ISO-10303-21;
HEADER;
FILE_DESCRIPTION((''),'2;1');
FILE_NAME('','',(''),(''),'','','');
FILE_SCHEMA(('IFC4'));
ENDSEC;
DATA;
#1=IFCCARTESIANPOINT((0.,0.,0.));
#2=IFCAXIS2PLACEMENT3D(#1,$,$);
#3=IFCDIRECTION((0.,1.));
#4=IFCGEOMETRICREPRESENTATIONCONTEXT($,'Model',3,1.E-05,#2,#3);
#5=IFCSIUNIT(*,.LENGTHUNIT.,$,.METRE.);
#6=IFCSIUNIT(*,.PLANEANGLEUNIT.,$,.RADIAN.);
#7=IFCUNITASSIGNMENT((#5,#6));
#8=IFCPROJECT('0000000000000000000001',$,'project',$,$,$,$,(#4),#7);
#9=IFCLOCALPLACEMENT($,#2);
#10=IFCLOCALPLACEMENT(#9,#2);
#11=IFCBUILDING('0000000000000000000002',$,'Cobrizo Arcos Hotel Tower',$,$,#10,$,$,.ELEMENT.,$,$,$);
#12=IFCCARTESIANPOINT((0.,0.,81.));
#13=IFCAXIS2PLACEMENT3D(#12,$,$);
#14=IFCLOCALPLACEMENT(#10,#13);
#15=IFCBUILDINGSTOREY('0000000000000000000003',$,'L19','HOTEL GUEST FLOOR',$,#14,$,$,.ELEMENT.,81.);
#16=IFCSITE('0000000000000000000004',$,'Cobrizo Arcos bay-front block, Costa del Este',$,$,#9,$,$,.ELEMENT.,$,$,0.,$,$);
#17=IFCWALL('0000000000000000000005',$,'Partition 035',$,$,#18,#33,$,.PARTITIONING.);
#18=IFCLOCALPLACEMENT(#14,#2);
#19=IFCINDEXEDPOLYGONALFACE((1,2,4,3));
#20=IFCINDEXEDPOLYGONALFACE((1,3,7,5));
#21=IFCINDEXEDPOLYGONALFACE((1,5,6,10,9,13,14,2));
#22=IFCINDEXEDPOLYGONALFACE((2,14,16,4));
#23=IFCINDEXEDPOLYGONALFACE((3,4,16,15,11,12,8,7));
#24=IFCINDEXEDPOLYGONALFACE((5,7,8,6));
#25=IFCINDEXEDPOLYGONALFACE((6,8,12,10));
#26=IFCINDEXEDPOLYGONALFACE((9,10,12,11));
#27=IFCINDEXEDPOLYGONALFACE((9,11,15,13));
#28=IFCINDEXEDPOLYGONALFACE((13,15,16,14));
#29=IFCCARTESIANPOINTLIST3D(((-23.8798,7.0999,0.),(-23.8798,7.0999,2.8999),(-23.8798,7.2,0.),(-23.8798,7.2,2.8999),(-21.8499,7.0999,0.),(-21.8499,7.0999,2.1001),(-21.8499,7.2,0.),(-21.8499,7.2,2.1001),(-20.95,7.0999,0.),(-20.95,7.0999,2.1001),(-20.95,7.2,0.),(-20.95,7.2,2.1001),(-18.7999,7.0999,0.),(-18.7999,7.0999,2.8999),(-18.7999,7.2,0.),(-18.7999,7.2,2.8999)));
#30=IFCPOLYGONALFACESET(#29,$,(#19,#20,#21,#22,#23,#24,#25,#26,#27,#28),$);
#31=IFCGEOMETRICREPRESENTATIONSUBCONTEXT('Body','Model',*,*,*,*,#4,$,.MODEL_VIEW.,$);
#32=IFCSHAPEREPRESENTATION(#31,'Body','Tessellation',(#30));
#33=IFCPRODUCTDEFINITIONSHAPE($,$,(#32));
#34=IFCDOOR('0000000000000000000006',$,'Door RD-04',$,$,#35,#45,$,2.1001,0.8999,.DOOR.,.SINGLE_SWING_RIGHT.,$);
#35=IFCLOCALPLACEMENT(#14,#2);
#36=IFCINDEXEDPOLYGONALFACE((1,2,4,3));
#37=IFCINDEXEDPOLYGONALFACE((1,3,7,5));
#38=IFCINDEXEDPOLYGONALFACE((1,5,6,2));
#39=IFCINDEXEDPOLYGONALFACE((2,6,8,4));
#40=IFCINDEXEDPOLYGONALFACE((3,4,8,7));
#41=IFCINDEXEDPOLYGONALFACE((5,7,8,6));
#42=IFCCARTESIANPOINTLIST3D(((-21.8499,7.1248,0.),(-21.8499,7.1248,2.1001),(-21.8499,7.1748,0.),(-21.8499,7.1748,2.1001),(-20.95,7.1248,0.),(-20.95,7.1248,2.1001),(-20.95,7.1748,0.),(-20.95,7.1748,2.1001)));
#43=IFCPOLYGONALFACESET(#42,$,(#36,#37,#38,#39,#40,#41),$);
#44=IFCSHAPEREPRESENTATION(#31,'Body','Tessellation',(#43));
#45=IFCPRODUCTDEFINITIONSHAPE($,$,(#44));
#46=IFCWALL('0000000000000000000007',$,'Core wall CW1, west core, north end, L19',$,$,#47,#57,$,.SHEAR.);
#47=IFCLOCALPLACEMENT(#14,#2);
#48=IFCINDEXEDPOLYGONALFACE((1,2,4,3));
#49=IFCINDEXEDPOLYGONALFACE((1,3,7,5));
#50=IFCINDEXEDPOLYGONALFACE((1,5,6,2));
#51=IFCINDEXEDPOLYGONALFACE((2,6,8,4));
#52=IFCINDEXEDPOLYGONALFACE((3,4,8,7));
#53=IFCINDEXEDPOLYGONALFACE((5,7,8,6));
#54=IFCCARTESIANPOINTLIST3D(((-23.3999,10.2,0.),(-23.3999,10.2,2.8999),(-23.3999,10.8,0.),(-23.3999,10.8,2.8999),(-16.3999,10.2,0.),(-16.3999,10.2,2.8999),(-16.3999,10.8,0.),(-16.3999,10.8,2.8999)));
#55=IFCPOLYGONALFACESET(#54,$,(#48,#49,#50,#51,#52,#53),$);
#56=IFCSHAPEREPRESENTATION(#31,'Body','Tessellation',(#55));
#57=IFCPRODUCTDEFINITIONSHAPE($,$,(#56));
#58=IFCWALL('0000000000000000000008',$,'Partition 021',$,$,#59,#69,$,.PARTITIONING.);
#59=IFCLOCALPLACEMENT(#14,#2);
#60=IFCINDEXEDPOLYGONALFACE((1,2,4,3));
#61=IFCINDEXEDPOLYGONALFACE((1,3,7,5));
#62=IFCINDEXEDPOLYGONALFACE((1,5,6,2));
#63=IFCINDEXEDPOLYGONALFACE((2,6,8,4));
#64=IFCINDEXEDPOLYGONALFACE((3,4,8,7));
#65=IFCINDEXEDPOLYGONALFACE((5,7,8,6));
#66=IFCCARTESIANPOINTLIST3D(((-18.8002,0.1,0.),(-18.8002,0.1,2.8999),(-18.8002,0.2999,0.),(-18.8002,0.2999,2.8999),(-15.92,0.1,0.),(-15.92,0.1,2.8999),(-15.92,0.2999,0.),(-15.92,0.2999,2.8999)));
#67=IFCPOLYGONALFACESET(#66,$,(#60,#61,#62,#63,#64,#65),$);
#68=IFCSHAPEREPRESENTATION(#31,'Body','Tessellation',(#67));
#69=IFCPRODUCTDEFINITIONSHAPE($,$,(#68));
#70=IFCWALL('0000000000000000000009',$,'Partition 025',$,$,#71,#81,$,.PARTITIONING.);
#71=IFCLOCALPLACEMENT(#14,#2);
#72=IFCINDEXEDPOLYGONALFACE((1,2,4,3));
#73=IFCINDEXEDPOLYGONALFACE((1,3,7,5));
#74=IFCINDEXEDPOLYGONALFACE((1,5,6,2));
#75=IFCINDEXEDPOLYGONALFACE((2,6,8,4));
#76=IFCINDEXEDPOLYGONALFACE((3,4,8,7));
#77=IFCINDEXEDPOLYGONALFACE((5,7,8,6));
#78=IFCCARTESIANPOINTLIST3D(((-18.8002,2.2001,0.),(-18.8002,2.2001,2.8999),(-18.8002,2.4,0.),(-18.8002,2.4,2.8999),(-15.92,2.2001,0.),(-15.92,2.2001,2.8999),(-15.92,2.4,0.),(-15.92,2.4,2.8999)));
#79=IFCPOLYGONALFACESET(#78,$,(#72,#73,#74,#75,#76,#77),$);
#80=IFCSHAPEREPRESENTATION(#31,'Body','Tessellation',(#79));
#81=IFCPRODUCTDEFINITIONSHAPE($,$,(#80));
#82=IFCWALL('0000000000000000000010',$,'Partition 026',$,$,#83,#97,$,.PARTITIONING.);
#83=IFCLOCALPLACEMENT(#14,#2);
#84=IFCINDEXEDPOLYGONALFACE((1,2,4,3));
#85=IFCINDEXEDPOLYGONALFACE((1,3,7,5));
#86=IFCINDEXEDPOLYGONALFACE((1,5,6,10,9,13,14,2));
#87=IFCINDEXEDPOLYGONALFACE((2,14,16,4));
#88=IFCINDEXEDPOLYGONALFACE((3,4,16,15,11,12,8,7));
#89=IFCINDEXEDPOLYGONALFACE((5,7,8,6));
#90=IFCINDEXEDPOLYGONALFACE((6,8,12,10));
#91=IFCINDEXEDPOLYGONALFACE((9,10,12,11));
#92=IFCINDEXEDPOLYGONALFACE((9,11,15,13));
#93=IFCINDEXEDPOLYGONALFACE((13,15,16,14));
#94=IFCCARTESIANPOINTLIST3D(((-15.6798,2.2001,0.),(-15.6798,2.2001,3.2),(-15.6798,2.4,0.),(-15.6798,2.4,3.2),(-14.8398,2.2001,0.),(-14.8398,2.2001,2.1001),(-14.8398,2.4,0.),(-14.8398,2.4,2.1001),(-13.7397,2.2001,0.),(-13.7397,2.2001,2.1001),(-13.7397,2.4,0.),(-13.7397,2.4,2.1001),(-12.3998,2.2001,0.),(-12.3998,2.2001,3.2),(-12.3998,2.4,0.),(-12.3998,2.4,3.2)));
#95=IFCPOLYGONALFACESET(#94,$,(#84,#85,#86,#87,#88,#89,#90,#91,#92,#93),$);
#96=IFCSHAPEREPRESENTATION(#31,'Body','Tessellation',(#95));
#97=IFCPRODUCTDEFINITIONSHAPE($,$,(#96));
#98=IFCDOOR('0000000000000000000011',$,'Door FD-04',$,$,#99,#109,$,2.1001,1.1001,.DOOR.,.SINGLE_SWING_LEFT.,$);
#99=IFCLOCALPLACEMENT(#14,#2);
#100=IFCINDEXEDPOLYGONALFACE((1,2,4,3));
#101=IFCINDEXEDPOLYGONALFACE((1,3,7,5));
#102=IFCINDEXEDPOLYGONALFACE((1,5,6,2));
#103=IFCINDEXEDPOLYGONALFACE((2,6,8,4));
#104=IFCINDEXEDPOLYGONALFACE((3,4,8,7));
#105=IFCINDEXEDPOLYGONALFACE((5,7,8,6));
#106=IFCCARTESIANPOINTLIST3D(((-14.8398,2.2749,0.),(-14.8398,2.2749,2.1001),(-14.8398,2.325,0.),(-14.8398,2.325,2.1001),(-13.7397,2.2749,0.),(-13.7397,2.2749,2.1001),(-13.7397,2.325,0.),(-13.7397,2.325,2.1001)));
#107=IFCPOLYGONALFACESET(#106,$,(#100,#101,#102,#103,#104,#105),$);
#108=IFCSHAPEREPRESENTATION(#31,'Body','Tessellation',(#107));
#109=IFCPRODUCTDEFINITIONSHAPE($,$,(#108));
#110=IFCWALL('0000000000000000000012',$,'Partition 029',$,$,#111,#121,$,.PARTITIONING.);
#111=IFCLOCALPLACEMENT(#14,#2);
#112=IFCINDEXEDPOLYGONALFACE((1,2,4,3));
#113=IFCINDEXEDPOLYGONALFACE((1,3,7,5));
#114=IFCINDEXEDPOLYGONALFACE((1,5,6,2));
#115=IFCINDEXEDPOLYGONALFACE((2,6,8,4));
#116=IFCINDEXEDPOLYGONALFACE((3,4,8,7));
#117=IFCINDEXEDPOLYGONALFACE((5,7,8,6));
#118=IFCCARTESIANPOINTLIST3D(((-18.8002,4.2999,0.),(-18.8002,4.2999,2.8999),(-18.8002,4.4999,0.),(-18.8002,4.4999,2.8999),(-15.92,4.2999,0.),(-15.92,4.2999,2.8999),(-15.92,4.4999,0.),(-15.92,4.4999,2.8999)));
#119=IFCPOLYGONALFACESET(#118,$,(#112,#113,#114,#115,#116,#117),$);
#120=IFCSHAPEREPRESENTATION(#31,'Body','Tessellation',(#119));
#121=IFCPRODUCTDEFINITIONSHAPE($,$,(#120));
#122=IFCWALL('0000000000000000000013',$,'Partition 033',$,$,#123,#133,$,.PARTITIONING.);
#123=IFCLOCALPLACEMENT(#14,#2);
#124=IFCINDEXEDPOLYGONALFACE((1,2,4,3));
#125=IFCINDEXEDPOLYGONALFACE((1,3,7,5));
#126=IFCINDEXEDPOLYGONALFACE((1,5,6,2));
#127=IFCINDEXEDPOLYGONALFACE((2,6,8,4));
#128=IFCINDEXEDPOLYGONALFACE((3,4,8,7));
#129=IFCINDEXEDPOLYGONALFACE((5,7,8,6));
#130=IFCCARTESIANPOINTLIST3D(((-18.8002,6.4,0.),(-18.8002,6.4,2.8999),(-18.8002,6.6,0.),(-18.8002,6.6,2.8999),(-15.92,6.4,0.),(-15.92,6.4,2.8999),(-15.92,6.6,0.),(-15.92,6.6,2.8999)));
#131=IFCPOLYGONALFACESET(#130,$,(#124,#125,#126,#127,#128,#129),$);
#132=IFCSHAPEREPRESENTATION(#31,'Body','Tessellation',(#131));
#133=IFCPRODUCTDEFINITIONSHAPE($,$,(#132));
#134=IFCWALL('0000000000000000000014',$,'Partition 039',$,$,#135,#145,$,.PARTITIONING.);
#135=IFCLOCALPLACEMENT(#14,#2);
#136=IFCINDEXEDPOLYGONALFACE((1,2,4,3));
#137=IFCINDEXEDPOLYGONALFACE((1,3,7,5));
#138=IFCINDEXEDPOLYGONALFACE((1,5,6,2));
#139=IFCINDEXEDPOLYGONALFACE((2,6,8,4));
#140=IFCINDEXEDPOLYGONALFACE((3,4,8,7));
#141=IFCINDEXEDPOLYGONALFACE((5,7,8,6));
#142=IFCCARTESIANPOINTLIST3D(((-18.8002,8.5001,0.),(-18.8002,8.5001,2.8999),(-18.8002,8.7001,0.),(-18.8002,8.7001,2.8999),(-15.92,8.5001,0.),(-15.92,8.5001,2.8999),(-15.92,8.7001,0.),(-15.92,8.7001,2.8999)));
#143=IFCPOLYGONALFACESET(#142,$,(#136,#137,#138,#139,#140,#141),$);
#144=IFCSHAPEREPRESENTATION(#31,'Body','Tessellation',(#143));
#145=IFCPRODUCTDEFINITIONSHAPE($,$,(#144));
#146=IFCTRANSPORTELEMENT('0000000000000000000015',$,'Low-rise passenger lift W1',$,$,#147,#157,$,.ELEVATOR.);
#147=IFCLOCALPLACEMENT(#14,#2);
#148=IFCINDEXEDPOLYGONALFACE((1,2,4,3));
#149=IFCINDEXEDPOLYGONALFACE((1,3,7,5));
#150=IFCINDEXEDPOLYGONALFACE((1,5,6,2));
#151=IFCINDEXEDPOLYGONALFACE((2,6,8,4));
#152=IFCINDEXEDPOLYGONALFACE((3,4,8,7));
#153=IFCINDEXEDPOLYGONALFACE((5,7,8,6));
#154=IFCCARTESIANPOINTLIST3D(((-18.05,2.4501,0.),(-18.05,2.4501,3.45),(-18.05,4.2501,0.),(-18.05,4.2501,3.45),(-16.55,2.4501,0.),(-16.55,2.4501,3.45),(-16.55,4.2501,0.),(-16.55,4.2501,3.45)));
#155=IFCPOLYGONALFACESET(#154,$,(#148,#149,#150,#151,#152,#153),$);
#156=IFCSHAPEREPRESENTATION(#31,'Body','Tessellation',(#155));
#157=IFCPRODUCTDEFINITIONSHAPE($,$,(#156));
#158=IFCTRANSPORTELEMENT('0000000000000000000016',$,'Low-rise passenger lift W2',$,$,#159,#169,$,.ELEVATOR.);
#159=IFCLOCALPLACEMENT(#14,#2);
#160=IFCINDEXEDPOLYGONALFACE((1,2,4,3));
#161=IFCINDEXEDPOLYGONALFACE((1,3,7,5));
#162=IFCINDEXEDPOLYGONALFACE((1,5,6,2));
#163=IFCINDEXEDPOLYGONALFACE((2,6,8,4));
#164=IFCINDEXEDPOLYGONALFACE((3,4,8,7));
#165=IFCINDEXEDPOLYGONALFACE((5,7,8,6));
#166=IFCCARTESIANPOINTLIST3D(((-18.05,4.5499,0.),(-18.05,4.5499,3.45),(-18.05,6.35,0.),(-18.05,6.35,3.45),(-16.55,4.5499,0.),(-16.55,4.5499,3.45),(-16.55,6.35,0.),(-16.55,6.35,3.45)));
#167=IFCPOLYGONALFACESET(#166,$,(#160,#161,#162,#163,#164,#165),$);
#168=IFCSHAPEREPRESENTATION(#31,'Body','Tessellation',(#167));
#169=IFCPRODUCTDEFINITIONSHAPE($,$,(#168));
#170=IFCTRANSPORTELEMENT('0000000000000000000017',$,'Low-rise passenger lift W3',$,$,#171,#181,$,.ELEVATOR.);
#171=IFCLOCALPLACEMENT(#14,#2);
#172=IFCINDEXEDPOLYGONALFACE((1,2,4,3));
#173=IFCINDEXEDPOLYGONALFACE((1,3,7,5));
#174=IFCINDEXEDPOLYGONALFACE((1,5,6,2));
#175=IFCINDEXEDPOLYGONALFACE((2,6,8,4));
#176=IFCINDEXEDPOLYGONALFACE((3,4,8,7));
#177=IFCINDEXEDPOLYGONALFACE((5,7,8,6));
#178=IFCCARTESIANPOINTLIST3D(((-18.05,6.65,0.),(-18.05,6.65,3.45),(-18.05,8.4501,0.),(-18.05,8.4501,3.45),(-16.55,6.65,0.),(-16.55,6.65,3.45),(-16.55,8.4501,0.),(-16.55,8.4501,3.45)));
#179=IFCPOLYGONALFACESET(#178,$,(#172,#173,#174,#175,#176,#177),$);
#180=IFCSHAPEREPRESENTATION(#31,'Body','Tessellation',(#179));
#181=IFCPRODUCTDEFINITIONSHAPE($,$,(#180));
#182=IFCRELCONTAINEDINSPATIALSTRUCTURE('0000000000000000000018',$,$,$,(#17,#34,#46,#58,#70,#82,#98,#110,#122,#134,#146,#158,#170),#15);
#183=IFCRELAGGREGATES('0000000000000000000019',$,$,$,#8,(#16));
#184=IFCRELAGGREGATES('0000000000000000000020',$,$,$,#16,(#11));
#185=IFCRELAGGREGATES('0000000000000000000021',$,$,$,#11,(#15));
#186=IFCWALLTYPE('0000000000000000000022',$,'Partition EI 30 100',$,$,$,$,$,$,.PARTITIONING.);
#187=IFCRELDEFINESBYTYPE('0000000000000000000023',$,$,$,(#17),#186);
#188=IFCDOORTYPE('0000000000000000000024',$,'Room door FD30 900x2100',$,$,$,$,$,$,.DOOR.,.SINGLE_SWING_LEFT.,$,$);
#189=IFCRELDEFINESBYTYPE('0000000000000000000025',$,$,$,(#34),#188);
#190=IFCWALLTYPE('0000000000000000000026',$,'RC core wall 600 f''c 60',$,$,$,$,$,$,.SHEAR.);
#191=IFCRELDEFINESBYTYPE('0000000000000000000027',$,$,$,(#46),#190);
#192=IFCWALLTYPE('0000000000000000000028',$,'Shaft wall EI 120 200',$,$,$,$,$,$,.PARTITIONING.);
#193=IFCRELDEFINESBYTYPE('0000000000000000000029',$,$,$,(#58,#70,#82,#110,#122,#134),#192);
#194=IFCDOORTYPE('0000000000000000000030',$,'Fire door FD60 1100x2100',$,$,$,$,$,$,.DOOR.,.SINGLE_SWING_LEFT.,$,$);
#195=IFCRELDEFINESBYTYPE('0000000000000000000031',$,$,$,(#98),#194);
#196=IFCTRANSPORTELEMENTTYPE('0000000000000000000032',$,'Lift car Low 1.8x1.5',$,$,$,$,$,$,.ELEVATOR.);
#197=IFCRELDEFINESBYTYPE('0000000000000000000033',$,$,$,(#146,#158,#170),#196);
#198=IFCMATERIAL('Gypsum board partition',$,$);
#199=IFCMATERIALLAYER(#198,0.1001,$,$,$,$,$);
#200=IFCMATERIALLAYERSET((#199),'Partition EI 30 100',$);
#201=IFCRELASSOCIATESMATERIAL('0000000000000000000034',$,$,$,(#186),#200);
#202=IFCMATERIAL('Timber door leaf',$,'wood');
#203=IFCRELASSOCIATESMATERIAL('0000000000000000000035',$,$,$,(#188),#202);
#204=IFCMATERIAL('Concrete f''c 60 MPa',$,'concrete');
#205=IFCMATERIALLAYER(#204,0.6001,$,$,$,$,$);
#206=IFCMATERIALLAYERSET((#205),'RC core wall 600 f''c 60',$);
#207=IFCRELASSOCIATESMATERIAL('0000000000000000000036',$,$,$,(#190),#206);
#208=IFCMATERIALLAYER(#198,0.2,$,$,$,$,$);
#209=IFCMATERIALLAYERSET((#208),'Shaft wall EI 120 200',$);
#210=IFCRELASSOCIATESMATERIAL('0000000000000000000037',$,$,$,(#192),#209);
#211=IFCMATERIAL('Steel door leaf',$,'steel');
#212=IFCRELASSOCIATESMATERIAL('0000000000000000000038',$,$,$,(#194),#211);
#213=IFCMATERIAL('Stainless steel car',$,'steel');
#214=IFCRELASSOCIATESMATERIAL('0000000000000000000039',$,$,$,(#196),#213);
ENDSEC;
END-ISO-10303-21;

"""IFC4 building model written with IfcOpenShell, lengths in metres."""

from ifc_helpers import new_model, si_unit, direction, frame, frame_2d, origin, origin_2d, place, context, subcontext, project, spatial, rectangle, extrude, material, layer, layer_set, type_object, element, fill, save


model = new_model("IFC4")

# Units and contexts
model_context = context("Model", 3, precision=1e-05, world=origin(), true_north=direction((0.0, 1.0)))
body_context = subcontext(model_context, "Body", "Model", "MODEL_VIEW")
ifc_project = project(units=[si_unit("LENGTHUNIT", "METRE"), si_unit("PLANEANGLEUNIT", "RADIAN")], contexts=[model_context])

# Site, building, storey
site_placement = place(None, origin())
site = spatial("IfcSite", under=ifc_project, at=site_placement, Name="Cobrizo Arcos bay-front block, Costa del Este", CompositionType="ELEMENT", RefElevation=0.0)
building_placement = place(site_placement, origin())
building = spatial("IfcBuilding", under=site, at=building_placement, Name="Cobrizo Arcos Hotel Tower", CompositionType="ELEMENT")
storey_placement = place(building_placement, frame((0.0, 0.0, 81.0)))
storey = spatial("IfcBuildingStorey", under=building, at=storey_placement, Name="L19", Description="HOTEL GUEST FLOOR", CompositionType="ELEMENT", Elevation=81.0)

# Shared definitions
ifc_material_1 = material(Name="Gypsum board partition")
ifc_material_2 = material(Name="Timber door leaf", Category="wood")

# Wall, opening, door
ifc_layer_1 = layer(ifc_material_1, 0.1001)
ifc_layer_set_1 = layer_set([ifc_layer_1], Name="Partition EI 30 100")
wall_type_1 = type_object("IfcWallType", Name="Partition EI 30 100", PredefinedType="PARTITIONING", material=ifc_layer_set_1)
wall_1_placement = place(storey_placement, frame((-23.8799, 7.1499, 0.0), z_axis=(0.0, 0.0, 1.0), x_axis=(1.0, 0.0, 0.0)))
wall_1 = element("IfcWall", 1, at=wall_1_placement, inside=storey, type_object=wall_type_1, Name="Partition 035", PredefinedType="PARTITIONING", context=body_context, shape_type="SweptSolid", body=[
    extrude(rectangle(XDim=5.0798, YDim=0.1001, at=frame_2d((2.54, 0.0))), origin(), (0.0, 0.0, 1.0), 2.8999),
])
opening_1_placement = place(wall_1_placement, frame((2.03, 0.0, 0.0)))
opening_1 = element("IfcOpeningElement", 2, at=opening_1_placement, cuts=wall_1, PredefinedType="OPENING", context=body_context, shape_type="SweptSolid", body=[
    extrude(rectangle(XDim=0.8999, YDim=2.1001, at=frame_2d((0.45, 1.05))), frame((0.0, 0.062, 0.0), z_axis=(0.0, -1.0, 0.0), x_axis=(1.0, 0.0, 0.0)), (0.0, 0.0, 1.0), 0.124),
])
door_type_1 = type_object("IfcDoorType", Name="Room door FD30 900x2100", OperationType="SINGLE_SWING_LEFT", PredefinedType="DOOR", material=ifc_material_2)
door_1_placement = place(opening_1_placement, origin())
door_1 = element("IfcDoor", 3, at=door_1_placement, inside=storey, type_object=door_type_1, Name="Door RD-04", OperationType="SINGLE_SWING_RIGHT", OverallHeight=2.1001, OverallWidth=0.8999, PredefinedType="DOOR", context=body_context, shape_type="SweptSolid", body=[
    extrude(rectangle(XDim=0.8999, YDim=2.1001, at=frame_2d((0.45, 1.05))), frame((0.0, 0.0249, 0.0), z_axis=(0.0, -1.0, 0.0), x_axis=(1.0, 0.0, 0.0)), (0.0, 0.0, 1.0), 0.05),
])
fill(opening_1, door_1)

# Walls
ifc_material_3 = material(Name="Concrete f'c 60 MPa", Category="concrete")
ifc_layer_2 = layer(ifc_material_3, 0.6001)
ifc_layer_set_2 = layer_set([ifc_layer_2], Name="RC core wall 600 f'c 60")
wall_type_2 = type_object("IfcWallType", Name="RC core wall 600 f'c 60", PredefinedType="SHEAR", material=ifc_layer_set_2)
wall_2_placement = place(storey_placement, frame((-23.3999, 10.5, 0.0), z_axis=(0.0, 0.0, 1.0), x_axis=(1.0, 0.0, 0.0)))
element("IfcWall", 4, at=wall_2_placement, inside=storey, type_object=wall_type_2, Name="Core wall CW1, west core, north end, L19", PredefinedType="SHEAR", context=body_context, shape_type="SweptSolid", body=[
    extrude(rectangle(XDim=7.0, YDim=0.6001, at=frame_2d((3.5, 0.0))), origin(), (0.0, 0.0, 1.0), 2.8999),
])
ifc_layer_3 = layer(ifc_material_1, 0.2)
ifc_layer_set_3 = layer_set([ifc_layer_3], Name="Shaft wall EI 120 200")
wall_type_3 = type_object("IfcWallType", Name="Shaft wall EI 120 200", PredefinedType="PARTITIONING", material=ifc_layer_set_3)
for number, where, z_axis, x_axis, name in (
    (5, (-18.8, 0.2, 0.0), (0.0, 0.0, 1.0), (1.0, 0.0, 0.0), "Partition 021"),
    (6, (-18.8, 2.3, 0.0), (0.0, 0.0, 1.0), (1.0, 0.0, 0.0), "Partition 025"),
):
    element("IfcWall", number, at=place(storey_placement, frame(where, z_axis=z_axis, x_axis=x_axis)), inside=storey, type_object=wall_type_3, Name=name, PredefinedType="PARTITIONING", context=body_context, shape_type="SweptSolid", body=[
        extrude(rectangle(XDim=2.8801, YDim=0.2, at=frame_2d((1.4399, 0.0))), origin(), (0.0, 0.0, 1.0), 2.8999),
    ])

# Wall, opening, door
wall_3_placement = place(storey_placement, frame((-15.6799, 2.3, 0.0), z_axis=(0.0, 0.0, 1.0), x_axis=(1.0, 0.0, 0.0)))
wall_3 = element("IfcWall", 7, at=wall_3_placement, inside=storey, type_object=wall_type_3, Name="Partition 026", PredefinedType="PARTITIONING", context=body_context, shape_type="SweptSolid", body=[
    extrude(rectangle(XDim=3.28, YDim=0.2, at=frame_2d((1.6401, 0.0))), origin(), (0.0, 0.0, 1.0), 3.2),
])
opening_2_placement = place(wall_3_placement, frame((0.8401, 0.0, 0.0)))
opening_2 = element("IfcOpeningElement", 8, at=opening_2_placement, cuts=wall_3, PredefinedType="OPENING", context=body_context, shape_type="SweptSolid", body=[
    extrude(rectangle(XDim=1.1001, YDim=2.1001, at=frame_2d((0.55, 1.05))), frame((0.0, 0.1121, 0.0), z_axis=(0.0, -1.0, 0.0), x_axis=(1.0, 0.0, 0.0)), (0.0, 0.0, 1.0), 0.2239),
])
ifc_material_4 = material(Name="Steel door leaf", Category="steel")
door_type_2 = type_object("IfcDoorType", Name="Fire door FD60 1100x2100", OperationType="SINGLE_SWING_LEFT", PredefinedType="DOOR", material=ifc_material_4)
door_2_placement = place(opening_2_placement, origin())
door_2 = element("IfcDoor", 9, at=door_2_placement, inside=storey, type_object=door_type_2, Name="Door FD-04", OperationType="SINGLE_SWING_LEFT", OverallHeight=2.1001, OverallWidth=1.1001, PredefinedType="DOOR", context=body_context, shape_type="SweptSolid", body=[
    extrude(rectangle(XDim=1.1001, YDim=2.1001, at=frame_2d((0.55, 1.05))), frame((0.0, 0.0249, 0.0), z_axis=(0.0, -1.0, 0.0), x_axis=(1.0, 0.0, 0.0)), (0.0, 0.0, 1.0), 0.05),
])
fill(opening_2, door_2)

# Walls
for number, where, z_axis, x_axis, name in (
    (10, (-18.8, 4.3999, 0.0), (0.0, 0.0, 1.0), (1.0, 0.0, 0.0), "Partition 029"),
    (11, (-18.8, 6.5, 0.0), (0.0, 0.0, 1.0), (1.0, 0.0, 0.0), "Partition 033"),
    (12, (-18.8, 8.6001, 0.0), (0.0, 0.0, 1.0), (1.0, 0.0, 0.0), "Partition 039"),
):
    element("IfcWall", number, at=place(storey_placement, frame(where, z_axis=z_axis, x_axis=x_axis)), inside=storey, type_object=wall_type_3, Name=name, PredefinedType="PARTITIONING", context=body_context, shape_type="SweptSolid", body=[
        extrude(rectangle(XDim=2.8801, YDim=0.2, at=frame_2d((1.4399, 0.0))), origin(), (0.0, 0.0, 1.0), 2.8999),
    ])

# Transport elements
ifc_material_5 = material(Name="Stainless steel car", Category="steel")
transport_element_type = type_object("IfcTransportElementType", Name="Lift car Low 1.8x1.5", PredefinedType="ELEVATOR", material=ifc_material_5)
for number, where, z_axis, x_axis, name in (
    (13, (-17.3, 3.3501, 0.0), (0.0, 0.0, 1.0), (1.0, 0.0, 0.0), "Low-rise passenger lift W1"),
    (14, (-17.3, 5.45, 0.0), (0.0, 0.0, 1.0), (1.0, 0.0, 0.0), "Low-rise passenger lift W2"),
    (15, (-17.3, 7.55, 0.0), (0.0, 0.0, 1.0), (1.0, 0.0, 0.0), "Low-rise passenger lift W3"),
):
    element("IfcTransportElement", number, at=place(storey_placement, frame(where, z_axis=z_axis, x_axis=x_axis)), inside=storey, type_object=transport_element_type, Name=name, PredefinedType="ELEVATOR", context=body_context, shape_type="SweptSolid", body=[
        extrude(rectangle(XDim=1.5, YDim=1.8, at=origin_2d()), origin(), (0.0, 0.0, 1.0), 3.45),
    ])

save(model, "model.ifc")
